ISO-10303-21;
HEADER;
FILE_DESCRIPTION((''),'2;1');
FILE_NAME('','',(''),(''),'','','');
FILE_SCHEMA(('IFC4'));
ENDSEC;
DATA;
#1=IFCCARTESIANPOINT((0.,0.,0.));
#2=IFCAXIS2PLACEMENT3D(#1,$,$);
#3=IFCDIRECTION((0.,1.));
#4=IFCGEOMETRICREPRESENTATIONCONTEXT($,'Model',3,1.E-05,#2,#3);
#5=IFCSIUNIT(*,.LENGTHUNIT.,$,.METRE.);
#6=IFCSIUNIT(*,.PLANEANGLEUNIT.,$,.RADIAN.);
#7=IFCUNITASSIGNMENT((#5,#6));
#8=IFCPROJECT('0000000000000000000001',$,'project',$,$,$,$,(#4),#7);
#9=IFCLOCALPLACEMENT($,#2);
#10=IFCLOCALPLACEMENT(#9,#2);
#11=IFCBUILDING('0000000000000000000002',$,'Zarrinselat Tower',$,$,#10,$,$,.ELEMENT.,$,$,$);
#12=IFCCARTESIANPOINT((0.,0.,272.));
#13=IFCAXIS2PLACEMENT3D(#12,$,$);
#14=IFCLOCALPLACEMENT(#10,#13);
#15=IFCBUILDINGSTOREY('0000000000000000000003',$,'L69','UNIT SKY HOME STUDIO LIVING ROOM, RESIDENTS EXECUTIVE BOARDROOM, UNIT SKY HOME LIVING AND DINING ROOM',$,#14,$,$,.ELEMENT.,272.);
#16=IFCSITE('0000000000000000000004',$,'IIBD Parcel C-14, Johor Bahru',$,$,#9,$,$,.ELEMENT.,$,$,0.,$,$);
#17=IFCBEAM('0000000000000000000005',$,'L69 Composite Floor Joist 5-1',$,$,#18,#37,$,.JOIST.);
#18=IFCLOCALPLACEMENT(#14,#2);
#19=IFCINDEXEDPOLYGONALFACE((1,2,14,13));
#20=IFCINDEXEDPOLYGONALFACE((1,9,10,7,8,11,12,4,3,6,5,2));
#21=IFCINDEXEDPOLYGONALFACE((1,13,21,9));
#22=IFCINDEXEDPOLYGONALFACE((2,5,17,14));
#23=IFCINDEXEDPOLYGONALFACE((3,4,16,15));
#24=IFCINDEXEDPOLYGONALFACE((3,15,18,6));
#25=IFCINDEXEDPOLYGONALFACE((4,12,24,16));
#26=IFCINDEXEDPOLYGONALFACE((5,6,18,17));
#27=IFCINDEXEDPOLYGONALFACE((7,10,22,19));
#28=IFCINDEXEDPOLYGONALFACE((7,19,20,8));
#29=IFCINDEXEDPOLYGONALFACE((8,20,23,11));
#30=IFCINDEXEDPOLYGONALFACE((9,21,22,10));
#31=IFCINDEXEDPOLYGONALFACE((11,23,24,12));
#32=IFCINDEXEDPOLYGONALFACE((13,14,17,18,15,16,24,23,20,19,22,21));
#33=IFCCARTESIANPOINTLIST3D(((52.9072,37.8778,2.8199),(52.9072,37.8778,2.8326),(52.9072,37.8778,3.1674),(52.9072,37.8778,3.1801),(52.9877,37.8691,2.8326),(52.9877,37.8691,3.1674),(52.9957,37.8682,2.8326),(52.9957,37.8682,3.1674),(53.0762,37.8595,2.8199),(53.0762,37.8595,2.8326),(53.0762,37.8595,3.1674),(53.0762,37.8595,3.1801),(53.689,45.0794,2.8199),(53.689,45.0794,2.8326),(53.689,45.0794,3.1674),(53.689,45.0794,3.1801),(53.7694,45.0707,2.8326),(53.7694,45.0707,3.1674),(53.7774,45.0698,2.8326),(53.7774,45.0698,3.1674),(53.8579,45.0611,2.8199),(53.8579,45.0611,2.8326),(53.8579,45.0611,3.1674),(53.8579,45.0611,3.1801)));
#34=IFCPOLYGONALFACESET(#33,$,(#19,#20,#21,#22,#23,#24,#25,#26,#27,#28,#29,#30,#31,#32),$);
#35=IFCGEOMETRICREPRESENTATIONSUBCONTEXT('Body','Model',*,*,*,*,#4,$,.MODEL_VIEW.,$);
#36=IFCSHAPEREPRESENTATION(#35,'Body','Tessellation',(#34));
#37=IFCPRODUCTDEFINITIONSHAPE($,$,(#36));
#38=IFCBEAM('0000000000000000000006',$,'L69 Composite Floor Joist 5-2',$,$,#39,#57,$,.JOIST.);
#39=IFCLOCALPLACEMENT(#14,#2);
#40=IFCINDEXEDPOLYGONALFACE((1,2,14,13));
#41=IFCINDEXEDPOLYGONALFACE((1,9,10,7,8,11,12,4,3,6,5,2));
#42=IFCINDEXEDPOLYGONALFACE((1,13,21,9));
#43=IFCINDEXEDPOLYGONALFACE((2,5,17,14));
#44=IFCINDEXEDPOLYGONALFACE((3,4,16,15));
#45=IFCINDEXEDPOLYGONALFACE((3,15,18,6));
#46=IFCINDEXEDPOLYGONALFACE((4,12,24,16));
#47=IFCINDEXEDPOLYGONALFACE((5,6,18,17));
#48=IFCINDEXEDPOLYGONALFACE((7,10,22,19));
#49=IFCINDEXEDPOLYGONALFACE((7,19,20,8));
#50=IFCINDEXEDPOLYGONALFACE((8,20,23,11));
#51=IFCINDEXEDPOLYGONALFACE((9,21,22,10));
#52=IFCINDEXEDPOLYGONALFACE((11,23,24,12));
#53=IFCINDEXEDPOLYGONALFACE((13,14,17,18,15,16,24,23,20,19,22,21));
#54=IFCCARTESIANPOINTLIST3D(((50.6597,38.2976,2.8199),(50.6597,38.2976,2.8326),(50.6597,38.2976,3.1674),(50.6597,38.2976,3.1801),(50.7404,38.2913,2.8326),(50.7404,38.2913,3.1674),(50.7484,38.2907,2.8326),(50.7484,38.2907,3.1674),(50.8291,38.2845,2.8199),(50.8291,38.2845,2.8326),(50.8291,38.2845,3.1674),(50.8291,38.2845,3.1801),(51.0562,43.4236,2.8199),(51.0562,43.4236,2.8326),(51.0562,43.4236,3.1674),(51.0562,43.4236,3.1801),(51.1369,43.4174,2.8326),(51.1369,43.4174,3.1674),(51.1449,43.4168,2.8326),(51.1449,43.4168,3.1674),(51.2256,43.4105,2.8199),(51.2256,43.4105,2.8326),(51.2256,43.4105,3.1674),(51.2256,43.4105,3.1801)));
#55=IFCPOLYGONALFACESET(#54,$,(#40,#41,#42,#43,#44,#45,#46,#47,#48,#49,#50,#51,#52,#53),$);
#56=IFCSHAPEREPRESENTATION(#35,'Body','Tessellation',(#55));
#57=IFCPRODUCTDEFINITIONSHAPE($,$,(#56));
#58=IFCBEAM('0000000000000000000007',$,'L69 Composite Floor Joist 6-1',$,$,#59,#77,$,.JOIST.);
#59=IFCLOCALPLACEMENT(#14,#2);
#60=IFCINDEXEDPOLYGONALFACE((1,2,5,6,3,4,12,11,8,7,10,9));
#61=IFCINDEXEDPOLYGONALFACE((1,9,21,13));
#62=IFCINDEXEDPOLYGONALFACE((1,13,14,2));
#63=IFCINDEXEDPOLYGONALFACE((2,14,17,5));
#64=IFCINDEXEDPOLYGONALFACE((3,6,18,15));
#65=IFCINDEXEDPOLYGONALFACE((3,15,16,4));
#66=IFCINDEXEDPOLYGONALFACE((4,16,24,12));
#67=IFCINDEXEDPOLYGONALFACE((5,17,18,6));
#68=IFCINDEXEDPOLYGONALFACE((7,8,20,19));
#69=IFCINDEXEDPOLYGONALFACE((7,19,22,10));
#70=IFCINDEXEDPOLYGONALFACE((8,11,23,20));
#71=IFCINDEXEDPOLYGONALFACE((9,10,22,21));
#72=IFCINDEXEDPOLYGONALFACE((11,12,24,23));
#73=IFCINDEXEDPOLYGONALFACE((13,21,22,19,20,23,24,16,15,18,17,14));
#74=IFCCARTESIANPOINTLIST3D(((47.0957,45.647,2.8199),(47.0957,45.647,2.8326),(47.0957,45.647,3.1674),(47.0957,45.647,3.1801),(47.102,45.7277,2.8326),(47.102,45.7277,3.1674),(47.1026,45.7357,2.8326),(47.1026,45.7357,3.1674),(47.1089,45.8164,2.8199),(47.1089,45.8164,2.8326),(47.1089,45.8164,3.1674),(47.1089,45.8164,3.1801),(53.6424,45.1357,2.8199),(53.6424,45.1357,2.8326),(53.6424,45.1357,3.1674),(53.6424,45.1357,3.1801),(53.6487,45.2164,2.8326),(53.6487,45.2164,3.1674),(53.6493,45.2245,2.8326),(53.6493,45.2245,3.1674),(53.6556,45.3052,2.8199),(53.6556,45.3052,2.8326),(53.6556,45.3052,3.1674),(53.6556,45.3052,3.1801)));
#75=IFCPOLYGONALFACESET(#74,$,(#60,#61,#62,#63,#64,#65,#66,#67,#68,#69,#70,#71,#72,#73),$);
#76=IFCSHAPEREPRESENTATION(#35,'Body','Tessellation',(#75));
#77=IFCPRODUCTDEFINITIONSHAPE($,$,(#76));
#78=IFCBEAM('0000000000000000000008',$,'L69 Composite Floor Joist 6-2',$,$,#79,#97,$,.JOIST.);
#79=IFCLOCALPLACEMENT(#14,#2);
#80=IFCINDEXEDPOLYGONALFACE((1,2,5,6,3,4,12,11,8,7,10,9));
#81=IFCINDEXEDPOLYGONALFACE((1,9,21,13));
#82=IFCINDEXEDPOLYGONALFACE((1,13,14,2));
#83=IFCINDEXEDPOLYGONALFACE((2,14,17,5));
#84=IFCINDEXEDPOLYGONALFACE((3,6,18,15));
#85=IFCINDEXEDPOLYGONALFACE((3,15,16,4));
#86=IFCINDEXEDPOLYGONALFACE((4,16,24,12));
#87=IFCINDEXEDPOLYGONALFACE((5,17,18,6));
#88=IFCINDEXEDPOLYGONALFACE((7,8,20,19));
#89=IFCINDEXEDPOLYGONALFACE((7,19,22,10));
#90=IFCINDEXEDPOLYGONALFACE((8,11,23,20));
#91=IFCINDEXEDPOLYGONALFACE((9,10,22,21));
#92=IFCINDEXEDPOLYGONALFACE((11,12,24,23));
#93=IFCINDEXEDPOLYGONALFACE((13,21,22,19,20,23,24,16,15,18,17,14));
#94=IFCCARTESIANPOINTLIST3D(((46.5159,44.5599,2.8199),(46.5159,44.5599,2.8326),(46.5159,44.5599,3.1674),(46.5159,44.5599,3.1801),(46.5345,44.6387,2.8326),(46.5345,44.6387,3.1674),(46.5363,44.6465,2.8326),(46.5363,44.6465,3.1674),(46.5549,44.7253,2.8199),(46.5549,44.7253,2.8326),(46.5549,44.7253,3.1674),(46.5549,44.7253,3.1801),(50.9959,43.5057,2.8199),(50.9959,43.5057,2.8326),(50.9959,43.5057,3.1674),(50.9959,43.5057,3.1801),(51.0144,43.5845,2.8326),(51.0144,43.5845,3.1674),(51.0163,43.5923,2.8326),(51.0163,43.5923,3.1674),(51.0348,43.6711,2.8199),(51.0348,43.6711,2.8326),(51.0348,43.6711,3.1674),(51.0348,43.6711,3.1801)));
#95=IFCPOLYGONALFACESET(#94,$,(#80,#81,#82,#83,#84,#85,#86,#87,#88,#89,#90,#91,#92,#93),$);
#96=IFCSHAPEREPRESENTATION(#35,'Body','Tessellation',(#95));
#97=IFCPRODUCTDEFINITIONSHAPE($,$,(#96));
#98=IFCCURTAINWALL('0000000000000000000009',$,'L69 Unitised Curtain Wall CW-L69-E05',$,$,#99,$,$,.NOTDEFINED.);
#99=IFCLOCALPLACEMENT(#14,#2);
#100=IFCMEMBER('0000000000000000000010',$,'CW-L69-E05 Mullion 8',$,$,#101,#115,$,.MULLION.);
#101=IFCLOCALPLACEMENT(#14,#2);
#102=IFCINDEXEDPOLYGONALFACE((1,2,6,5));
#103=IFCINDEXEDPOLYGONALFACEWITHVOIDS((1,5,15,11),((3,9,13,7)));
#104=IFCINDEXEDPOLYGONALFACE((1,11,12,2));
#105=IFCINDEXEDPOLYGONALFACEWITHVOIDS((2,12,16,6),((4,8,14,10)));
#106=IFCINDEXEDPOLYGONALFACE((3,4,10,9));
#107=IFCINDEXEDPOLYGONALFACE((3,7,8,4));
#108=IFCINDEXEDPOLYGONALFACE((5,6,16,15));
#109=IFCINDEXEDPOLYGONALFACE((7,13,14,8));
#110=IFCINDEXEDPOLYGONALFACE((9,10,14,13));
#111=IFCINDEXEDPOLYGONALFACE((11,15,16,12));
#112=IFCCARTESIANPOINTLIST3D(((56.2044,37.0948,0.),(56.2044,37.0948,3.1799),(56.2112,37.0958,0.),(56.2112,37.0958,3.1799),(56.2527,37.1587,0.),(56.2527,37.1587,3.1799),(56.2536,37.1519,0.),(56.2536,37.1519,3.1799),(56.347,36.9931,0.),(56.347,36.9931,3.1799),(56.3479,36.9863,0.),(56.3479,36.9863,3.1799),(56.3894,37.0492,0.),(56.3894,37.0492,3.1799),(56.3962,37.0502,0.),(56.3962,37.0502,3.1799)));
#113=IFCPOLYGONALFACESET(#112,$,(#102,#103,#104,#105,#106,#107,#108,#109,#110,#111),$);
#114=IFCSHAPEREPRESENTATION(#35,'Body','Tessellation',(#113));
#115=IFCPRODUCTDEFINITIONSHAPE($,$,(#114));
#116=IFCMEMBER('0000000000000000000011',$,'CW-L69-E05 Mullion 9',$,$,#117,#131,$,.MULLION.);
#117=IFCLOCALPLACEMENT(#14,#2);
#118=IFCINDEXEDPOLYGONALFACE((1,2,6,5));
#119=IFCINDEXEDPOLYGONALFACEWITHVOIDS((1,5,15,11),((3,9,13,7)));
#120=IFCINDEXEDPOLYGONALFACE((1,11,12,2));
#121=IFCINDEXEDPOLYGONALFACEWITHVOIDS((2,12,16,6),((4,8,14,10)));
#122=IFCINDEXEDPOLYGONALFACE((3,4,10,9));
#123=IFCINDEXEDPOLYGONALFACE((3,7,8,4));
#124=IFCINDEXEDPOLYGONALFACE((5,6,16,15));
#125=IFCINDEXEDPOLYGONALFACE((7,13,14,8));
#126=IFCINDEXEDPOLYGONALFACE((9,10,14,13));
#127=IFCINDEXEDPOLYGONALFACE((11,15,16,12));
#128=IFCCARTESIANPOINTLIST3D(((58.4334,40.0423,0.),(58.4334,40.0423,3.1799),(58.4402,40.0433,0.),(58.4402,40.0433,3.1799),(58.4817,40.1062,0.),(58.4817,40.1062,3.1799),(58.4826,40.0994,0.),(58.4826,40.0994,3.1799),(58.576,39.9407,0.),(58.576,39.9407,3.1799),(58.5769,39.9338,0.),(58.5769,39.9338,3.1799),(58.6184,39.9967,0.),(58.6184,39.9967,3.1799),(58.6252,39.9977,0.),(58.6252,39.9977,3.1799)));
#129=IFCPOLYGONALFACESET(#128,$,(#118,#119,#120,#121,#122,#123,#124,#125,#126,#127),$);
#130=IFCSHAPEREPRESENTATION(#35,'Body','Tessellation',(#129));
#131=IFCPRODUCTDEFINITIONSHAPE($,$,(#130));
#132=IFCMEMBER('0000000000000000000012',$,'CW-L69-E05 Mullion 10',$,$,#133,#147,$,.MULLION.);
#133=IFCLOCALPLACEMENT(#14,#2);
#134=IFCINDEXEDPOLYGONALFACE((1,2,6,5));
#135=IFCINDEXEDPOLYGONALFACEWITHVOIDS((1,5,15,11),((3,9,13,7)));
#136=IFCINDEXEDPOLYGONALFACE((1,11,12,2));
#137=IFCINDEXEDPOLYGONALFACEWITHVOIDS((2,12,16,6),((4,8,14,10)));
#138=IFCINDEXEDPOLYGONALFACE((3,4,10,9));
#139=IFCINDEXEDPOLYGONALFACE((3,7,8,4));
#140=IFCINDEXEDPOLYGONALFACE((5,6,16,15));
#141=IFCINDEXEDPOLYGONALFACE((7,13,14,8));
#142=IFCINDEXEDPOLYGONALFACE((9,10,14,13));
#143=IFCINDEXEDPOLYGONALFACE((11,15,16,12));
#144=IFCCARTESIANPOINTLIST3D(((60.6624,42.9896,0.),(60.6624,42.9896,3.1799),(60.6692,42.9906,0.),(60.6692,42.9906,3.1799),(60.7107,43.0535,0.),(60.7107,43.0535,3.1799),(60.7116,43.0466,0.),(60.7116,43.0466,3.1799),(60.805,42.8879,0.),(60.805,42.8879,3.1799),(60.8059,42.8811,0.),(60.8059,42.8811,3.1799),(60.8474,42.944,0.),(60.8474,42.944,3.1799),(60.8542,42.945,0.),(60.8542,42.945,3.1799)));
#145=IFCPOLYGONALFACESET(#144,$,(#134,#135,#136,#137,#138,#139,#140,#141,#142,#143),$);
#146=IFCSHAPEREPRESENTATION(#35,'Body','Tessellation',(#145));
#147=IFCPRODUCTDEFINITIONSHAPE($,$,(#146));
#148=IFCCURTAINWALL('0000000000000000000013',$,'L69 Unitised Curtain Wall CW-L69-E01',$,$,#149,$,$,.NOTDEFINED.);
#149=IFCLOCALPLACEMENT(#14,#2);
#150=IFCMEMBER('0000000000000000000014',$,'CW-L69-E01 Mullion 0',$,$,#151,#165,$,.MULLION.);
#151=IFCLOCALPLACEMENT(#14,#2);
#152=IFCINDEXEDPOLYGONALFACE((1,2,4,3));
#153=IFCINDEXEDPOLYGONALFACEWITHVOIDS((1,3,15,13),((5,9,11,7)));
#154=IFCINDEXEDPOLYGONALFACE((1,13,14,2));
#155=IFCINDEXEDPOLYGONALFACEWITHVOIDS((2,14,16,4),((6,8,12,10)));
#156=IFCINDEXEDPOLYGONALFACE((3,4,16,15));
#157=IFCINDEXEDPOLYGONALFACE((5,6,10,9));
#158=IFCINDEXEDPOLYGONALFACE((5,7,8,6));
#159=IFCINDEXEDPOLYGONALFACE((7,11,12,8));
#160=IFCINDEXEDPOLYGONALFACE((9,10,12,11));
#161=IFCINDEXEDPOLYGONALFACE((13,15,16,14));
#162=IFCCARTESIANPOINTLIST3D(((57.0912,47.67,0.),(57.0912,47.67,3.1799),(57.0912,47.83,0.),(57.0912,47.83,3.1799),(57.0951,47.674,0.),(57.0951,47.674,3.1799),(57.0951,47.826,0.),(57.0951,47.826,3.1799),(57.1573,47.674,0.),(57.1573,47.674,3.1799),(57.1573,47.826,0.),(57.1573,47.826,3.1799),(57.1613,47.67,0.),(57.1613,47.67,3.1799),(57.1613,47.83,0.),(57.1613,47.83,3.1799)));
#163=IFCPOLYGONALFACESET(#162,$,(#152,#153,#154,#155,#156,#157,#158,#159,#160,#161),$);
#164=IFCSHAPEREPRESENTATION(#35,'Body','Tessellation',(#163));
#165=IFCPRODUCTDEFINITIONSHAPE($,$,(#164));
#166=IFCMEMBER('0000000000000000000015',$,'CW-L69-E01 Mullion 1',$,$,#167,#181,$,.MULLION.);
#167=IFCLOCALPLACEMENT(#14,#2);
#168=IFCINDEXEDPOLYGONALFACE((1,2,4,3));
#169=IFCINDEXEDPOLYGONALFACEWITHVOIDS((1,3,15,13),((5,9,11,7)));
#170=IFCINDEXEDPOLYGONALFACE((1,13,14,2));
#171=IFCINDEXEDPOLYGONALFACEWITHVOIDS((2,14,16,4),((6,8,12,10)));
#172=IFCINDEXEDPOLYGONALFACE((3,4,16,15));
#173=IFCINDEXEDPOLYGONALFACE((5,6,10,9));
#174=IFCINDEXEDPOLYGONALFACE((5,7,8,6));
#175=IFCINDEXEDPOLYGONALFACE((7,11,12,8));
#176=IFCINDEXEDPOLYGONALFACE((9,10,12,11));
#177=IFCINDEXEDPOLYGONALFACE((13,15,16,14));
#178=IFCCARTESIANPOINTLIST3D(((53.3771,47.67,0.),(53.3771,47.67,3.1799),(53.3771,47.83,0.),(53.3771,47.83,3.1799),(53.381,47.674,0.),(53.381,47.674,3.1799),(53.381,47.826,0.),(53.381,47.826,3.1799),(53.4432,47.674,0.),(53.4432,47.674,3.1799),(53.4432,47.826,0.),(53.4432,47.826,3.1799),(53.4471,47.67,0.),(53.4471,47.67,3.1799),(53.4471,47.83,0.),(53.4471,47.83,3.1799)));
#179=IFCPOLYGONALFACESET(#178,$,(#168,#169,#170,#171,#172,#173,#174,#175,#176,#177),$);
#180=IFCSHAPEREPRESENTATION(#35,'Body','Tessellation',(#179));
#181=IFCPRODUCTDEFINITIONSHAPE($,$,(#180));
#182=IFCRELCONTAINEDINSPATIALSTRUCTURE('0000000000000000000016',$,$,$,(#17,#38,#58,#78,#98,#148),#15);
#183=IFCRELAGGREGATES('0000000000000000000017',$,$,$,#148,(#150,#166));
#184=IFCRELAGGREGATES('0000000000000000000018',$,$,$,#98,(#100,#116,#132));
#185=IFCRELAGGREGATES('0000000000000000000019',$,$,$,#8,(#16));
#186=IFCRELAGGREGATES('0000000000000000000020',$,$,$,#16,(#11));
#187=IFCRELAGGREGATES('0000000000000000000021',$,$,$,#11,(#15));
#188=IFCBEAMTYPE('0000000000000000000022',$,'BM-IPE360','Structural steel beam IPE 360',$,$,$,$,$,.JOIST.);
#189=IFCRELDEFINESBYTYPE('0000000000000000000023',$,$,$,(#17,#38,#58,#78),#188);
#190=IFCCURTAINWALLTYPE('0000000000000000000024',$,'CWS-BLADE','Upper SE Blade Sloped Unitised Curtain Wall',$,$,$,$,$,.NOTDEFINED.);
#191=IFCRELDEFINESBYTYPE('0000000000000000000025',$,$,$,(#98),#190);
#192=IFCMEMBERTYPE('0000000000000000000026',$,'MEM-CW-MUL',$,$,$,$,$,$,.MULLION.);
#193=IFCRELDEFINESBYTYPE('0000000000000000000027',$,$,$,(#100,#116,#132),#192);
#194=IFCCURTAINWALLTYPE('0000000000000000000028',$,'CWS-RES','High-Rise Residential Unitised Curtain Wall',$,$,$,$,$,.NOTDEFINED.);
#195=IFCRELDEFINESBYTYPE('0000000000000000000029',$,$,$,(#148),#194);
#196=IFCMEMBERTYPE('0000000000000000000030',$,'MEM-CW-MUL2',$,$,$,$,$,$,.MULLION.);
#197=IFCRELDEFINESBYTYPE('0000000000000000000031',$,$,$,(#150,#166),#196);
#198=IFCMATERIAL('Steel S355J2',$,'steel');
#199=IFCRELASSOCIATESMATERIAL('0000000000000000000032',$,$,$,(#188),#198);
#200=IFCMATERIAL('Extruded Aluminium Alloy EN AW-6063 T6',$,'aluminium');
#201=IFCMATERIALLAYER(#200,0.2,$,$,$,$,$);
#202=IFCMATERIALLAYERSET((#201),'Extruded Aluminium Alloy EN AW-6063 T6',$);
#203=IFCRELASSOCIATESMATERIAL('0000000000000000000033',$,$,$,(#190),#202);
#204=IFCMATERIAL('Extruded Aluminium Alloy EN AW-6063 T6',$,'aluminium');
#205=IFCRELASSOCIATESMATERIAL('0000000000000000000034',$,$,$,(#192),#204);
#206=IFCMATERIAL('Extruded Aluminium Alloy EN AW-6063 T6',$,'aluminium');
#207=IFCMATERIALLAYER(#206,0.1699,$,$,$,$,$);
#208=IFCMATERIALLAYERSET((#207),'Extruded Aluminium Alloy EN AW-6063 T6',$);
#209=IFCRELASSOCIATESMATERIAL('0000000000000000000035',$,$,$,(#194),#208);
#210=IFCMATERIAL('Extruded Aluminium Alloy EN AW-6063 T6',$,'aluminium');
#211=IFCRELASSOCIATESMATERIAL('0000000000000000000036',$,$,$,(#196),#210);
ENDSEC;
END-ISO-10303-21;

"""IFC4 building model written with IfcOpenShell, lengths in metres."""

from ifc_helpers import new_model, si_unit, direction, frame, origin, origin_2d, place, context, subcontext, project, spatial, hollow_rectangle, i_section, extrude, material, layer, layer_set, material_profile, profile_set, type_object, element, aggregate, save


model = new_model("IFC4")

# Units and contexts
model_context = context("Model", 3, precision=1e-05, world=origin(), true_north=direction((0.0, 1.0)))
body_context = subcontext(model_context, "Body", "Model", "MODEL_VIEW")
ifc_project = project(units=[si_unit("LENGTHUNIT", "METRE"), si_unit("PLANEANGLEUNIT", "RADIAN")], contexts=[model_context])

# Site, building, storey
site_placement = place(None, origin())
site = spatial("IfcSite", under=ifc_project, at=site_placement, Name="IIBD Parcel C-14, Johor Bahru", CompositionType="ELEMENT", RefElevation=0.0)
building_placement = place(site_placement, origin())
building = spatial("IfcBuilding", under=site, at=building_placement, Name="Zarrinselat Tower", CompositionType="ELEMENT")
storey_placement = place(building_placement, frame((0.0, 0.0, 272.0)))
storey = spatial("IfcBuildingStorey", under=building, at=storey_placement, Name="L69", Description="UNIT SKY HOME STUDIO LIVING ROOM, RESIDENTS EXECUTIVE BOARDROOM, UNIT SKY HOME LIVING AND DINING ROOM", CompositionType="ELEMENT", Elevation=272.0)

# Beams
ifc_material_1 = material(Name="Steel S355J2", Category="steel")
ifc_material_profile_1 = material_profile(ifc_material_1, i_section(OverallWidth=0.1699, OverallDepth=0.3601, WebThickness=0.0081, FlangeThickness=0.0127, at=origin_2d()), Name="IPE 360")
ifc_profile_set_1 = profile_set([ifc_material_profile_1], Name="Steel S355J2")
beam_type_1 = type_object("IfcBeamType", Name="BM-IPE360", Description="Structural steel beam IPE 360", PredefinedType="JOIST", material=ifc_profile_set_1)
beam_1_placement = place(storey_placement, frame((52.9917, 37.8687, 3.0), z_axis=(0.107916, 0.99416, 0.0), x_axis=(-0.99416, 0.107916, 0.0)))
element("IfcBeam", 1, at=beam_1_placement, inside=storey, type_object=beam_type_1, Name="L69 Composite Floor Joist 5-1", PredefinedType="JOIST", context=body_context, shape_type="SweptSolid", body=[
    extrude(i_section(OverallWidth=0.1699, OverallDepth=0.3601, WebThickness=0.0081, FlangeThickness=0.0127, at=origin_2d()), origin(), (0.0, 0.0, 1.0), 7.2439),
])
beam_2_placement = place(storey_placement, frame((50.7444, 38.291, 3.0), z_axis=(0.077118, 0.997022, 0.0), x_axis=(-0.997022, 0.077118, 0.0)))
element("IfcBeam", 2, at=beam_2_placement, inside=storey, type_object=beam_type_1, Name="L69 Composite Floor Joist 5-2", PredefinedType="JOIST", context=body_context, shape_type="SweptSolid", body=[
    extrude(i_section(OverallWidth=0.1699, OverallDepth=0.3601, WebThickness=0.0081, FlangeThickness=0.0127, at=origin_2d()), origin(), (0.0, 0.0, 1.0), 5.1414),
])
beam_3_placement = place(storey_placement, frame((47.1023, 45.7317, 3.0), z_axis=(0.996965, -0.077854, 0.0), x_axis=(0.077854, 0.996965, 0.0)))
element("IfcBeam", 3, at=beam_3_placement, inside=storey, type_object=beam_type_1, Name="L69 Composite Floor Joist 6-1", PredefinedType="JOIST", context=body_context, shape_type="SweptSolid", body=[
    extrude(i_section(OverallWidth=0.1699, OverallDepth=0.3601, WebThickness=0.0081, FlangeThickness=0.0127, at=origin_2d()), origin(), (0.0, 0.0, 1.0), 6.5667),
])
beam_4_placement = place(storey_placement, frame((46.5354, 44.6426, 3.0), z_axis=(0.973413, -0.229057, 0.0), x_axis=(0.229057, 0.973413, 0.0)))
element("IfcBeam", 4, at=beam_4_placement, inside=storey, type_object=beam_type_1, Name="L69 Composite Floor Joist 6-2", PredefinedType="JOIST", context=body_context, shape_type="SweptSolid", body=[
    extrude(i_section(OverallWidth=0.1699, OverallDepth=0.3601, WebThickness=0.0081, FlangeThickness=0.0127, at=origin_2d()), origin(), (0.0, 0.0, 1.0), 4.6023),
])

# Curtain walls, members
ifc_material_2 = material(Name="Extruded Aluminium Alloy EN AW-6063 T6", Category="aluminium")
ifc_layer_1 = layer(ifc_material_2, 0.2)
ifc_layer_set_1 = layer_set([ifc_layer_1], Name="Extruded Aluminium Alloy EN AW-6063 T6")
curtain_wall_type_1 = type_object("IfcCurtainWallType", Name="CWS-BLADE", Description="Upper SE Blade Sloped Unitised Curtain Wall", PredefinedType="NOTDEFINED", material=ifc_layer_set_1)
curtain_wall_1_placement = place(storey_placement, origin())
curtain_wall_1 = element("IfcCurtainWall", 5, at=curtain_wall_1_placement, inside=storey, type_object=curtain_wall_type_1, Name="L69 Unitised Curtain Wall CW-L69-E05", PredefinedType="NOTDEFINED")
ifc_material_3 = material(Name="Extruded Aluminium Alloy EN AW-6063 T6", Category="aluminium")
ifc_material_profile_2 = material_profile(ifc_material_3, hollow_rectangle(XDim=0.0801, YDim=0.1799, WallThickness=0.0049, at=origin_2d()), Name="RHS 180x80x5")
ifc_profile_set_2 = profile_set([ifc_material_profile_2], Name="Extruded Aluminium Alloy EN AW-6063 T6")
member_type_1 = type_object("IfcMemberType", Name="MEM-CW-MUL", PredefinedType="MULLION", material=ifc_profile_set_2)
member_1_placement = place(storey_placement, frame((56.3003, 37.0725, 0.0), z_axis=(0.0, 0.0, 1.0), x_axis=(0.60317, 0.797613, 0.0)))
member_1 = element("IfcMember", 6, at=member_1_placement, type_object=member_type_1, Name="CW-L69-E05 Mullion 8", PredefinedType="MULLION", context=body_context, shape_type="SweptSolid", body=[
    extrude(hollow_rectangle(XDim=0.0801, YDim=0.1799, WallThickness=0.0049, at=origin_2d()), origin(), (0.0, 0.0, 1.0), 3.1799),
])
member_2_placement = place(storey_placement, frame((58.5293, 40.02, 0.0), z_axis=(0.0, 0.0, 1.0), x_axis=(0.60317, 0.797613, 0.0)))
member_2 = element("IfcMember", 7, at=member_2_placement, type_object=member_type_1, Name="CW-L69-E05 Mullion 9", PredefinedType="MULLION", context=body_context, shape_type="SweptSolid", body=[
    extrude(hollow_rectangle(XDim=0.0801, YDim=0.1799, WallThickness=0.0049, at=origin_2d()), origin(), (0.0, 0.0, 1.0), 3.1799),
])
member_3_placement = place(storey_placement, frame((60.7583, 42.9673, 0.0), z_axis=(0.0, 0.0, 1.0), x_axis=(0.60317, 0.797613, 0.0)))
member_3 = element("IfcMember", 8, at=member_3_placement, type_object=member_type_1, Name="CW-L69-E05 Mullion 10", PredefinedType="MULLION", context=body_context, shape_type="SweptSolid", body=[
    extrude(hollow_rectangle(XDim=0.0801, YDim=0.1799, WallThickness=0.0049, at=origin_2d()), origin(), (0.0, 0.0, 1.0), 3.1799),
])
ifc_material_4 = material(Name="Extruded Aluminium Alloy EN AW-6063 T6", Category="aluminium")
ifc_layer_2 = layer(ifc_material_4, 0.1699)
ifc_layer_set_2 = layer_set([ifc_layer_2], Name="Extruded Aluminium Alloy EN AW-6063 T6")
curtain_wall_type_2 = type_object("IfcCurtainWallType", Name="CWS-RES", Description="High-Rise Residential Unitised Curtain Wall", PredefinedType="NOTDEFINED", material=ifc_layer_set_2)
curtain_wall_2_placement = place(storey_placement, origin())
curtain_wall_2 = element("IfcCurtainWall", 9, at=curtain_wall_2_placement, inside=storey, type_object=curtain_wall_type_2, Name="L69 Unitised Curtain Wall CW-L69-E01", PredefinedType="NOTDEFINED")
ifc_material_5 = material(Name="Extruded Aluminium Alloy EN AW-6063 T6", Category="aluminium")
ifc_material_profile_3 = material_profile(ifc_material_5, hollow_rectangle(XDim=0.0701, YDim=0.1599, WallThickness=0.0039, at=origin_2d()), Name="RHS 160x70x4")
ifc_profile_set_3 = profile_set([ifc_material_profile_3], Name="Extruded Aluminium Alloy EN AW-6063 T6")
member_type_2 = type_object("IfcMemberType", Name="MEM-CW-MUL2", PredefinedType="MULLION", material=ifc_profile_set_3)
member_4_placement = place(storey_placement, frame((57.1262, 47.75, 0.0), z_axis=(0.0, 0.0, 1.0), x_axis=(-1.0, 0.0, 0.0)))
member_4 = element("IfcMember", 10, at=member_4_placement, type_object=member_type_2, Name="CW-L69-E01 Mullion 0", PredefinedType="MULLION", context=body_context, shape_type="SweptSolid", body=[
    extrude(hollow_rectangle(XDim=0.0701, YDim=0.1599, WallThickness=0.0039, at=origin_2d()), origin(), (0.0, 0.0, 1.0), 3.1799),
])
member_5_placement = place(storey_placement, frame((53.4121, 47.75, 0.0), z_axis=(0.0, 0.0, 1.0), x_axis=(-1.0, 0.0, 0.0)))
member_5 = element("IfcMember", 11, at=member_5_placement, type_object=member_type_2, Name="CW-L69-E01 Mullion 1", PredefinedType="MULLION", context=body_context, shape_type="SweptSolid", body=[
    extrude(hollow_rectangle(XDim=0.0701, YDim=0.1599, WallThickness=0.0039, at=origin_2d()), origin(), (0.0, 0.0, 1.0), 3.1799),
])

aggregate(curtain_wall_2, [member_4, member_5])
aggregate(curtain_wall_1, [member_1, member_2, member_3])

save(model, "model.ifc")
